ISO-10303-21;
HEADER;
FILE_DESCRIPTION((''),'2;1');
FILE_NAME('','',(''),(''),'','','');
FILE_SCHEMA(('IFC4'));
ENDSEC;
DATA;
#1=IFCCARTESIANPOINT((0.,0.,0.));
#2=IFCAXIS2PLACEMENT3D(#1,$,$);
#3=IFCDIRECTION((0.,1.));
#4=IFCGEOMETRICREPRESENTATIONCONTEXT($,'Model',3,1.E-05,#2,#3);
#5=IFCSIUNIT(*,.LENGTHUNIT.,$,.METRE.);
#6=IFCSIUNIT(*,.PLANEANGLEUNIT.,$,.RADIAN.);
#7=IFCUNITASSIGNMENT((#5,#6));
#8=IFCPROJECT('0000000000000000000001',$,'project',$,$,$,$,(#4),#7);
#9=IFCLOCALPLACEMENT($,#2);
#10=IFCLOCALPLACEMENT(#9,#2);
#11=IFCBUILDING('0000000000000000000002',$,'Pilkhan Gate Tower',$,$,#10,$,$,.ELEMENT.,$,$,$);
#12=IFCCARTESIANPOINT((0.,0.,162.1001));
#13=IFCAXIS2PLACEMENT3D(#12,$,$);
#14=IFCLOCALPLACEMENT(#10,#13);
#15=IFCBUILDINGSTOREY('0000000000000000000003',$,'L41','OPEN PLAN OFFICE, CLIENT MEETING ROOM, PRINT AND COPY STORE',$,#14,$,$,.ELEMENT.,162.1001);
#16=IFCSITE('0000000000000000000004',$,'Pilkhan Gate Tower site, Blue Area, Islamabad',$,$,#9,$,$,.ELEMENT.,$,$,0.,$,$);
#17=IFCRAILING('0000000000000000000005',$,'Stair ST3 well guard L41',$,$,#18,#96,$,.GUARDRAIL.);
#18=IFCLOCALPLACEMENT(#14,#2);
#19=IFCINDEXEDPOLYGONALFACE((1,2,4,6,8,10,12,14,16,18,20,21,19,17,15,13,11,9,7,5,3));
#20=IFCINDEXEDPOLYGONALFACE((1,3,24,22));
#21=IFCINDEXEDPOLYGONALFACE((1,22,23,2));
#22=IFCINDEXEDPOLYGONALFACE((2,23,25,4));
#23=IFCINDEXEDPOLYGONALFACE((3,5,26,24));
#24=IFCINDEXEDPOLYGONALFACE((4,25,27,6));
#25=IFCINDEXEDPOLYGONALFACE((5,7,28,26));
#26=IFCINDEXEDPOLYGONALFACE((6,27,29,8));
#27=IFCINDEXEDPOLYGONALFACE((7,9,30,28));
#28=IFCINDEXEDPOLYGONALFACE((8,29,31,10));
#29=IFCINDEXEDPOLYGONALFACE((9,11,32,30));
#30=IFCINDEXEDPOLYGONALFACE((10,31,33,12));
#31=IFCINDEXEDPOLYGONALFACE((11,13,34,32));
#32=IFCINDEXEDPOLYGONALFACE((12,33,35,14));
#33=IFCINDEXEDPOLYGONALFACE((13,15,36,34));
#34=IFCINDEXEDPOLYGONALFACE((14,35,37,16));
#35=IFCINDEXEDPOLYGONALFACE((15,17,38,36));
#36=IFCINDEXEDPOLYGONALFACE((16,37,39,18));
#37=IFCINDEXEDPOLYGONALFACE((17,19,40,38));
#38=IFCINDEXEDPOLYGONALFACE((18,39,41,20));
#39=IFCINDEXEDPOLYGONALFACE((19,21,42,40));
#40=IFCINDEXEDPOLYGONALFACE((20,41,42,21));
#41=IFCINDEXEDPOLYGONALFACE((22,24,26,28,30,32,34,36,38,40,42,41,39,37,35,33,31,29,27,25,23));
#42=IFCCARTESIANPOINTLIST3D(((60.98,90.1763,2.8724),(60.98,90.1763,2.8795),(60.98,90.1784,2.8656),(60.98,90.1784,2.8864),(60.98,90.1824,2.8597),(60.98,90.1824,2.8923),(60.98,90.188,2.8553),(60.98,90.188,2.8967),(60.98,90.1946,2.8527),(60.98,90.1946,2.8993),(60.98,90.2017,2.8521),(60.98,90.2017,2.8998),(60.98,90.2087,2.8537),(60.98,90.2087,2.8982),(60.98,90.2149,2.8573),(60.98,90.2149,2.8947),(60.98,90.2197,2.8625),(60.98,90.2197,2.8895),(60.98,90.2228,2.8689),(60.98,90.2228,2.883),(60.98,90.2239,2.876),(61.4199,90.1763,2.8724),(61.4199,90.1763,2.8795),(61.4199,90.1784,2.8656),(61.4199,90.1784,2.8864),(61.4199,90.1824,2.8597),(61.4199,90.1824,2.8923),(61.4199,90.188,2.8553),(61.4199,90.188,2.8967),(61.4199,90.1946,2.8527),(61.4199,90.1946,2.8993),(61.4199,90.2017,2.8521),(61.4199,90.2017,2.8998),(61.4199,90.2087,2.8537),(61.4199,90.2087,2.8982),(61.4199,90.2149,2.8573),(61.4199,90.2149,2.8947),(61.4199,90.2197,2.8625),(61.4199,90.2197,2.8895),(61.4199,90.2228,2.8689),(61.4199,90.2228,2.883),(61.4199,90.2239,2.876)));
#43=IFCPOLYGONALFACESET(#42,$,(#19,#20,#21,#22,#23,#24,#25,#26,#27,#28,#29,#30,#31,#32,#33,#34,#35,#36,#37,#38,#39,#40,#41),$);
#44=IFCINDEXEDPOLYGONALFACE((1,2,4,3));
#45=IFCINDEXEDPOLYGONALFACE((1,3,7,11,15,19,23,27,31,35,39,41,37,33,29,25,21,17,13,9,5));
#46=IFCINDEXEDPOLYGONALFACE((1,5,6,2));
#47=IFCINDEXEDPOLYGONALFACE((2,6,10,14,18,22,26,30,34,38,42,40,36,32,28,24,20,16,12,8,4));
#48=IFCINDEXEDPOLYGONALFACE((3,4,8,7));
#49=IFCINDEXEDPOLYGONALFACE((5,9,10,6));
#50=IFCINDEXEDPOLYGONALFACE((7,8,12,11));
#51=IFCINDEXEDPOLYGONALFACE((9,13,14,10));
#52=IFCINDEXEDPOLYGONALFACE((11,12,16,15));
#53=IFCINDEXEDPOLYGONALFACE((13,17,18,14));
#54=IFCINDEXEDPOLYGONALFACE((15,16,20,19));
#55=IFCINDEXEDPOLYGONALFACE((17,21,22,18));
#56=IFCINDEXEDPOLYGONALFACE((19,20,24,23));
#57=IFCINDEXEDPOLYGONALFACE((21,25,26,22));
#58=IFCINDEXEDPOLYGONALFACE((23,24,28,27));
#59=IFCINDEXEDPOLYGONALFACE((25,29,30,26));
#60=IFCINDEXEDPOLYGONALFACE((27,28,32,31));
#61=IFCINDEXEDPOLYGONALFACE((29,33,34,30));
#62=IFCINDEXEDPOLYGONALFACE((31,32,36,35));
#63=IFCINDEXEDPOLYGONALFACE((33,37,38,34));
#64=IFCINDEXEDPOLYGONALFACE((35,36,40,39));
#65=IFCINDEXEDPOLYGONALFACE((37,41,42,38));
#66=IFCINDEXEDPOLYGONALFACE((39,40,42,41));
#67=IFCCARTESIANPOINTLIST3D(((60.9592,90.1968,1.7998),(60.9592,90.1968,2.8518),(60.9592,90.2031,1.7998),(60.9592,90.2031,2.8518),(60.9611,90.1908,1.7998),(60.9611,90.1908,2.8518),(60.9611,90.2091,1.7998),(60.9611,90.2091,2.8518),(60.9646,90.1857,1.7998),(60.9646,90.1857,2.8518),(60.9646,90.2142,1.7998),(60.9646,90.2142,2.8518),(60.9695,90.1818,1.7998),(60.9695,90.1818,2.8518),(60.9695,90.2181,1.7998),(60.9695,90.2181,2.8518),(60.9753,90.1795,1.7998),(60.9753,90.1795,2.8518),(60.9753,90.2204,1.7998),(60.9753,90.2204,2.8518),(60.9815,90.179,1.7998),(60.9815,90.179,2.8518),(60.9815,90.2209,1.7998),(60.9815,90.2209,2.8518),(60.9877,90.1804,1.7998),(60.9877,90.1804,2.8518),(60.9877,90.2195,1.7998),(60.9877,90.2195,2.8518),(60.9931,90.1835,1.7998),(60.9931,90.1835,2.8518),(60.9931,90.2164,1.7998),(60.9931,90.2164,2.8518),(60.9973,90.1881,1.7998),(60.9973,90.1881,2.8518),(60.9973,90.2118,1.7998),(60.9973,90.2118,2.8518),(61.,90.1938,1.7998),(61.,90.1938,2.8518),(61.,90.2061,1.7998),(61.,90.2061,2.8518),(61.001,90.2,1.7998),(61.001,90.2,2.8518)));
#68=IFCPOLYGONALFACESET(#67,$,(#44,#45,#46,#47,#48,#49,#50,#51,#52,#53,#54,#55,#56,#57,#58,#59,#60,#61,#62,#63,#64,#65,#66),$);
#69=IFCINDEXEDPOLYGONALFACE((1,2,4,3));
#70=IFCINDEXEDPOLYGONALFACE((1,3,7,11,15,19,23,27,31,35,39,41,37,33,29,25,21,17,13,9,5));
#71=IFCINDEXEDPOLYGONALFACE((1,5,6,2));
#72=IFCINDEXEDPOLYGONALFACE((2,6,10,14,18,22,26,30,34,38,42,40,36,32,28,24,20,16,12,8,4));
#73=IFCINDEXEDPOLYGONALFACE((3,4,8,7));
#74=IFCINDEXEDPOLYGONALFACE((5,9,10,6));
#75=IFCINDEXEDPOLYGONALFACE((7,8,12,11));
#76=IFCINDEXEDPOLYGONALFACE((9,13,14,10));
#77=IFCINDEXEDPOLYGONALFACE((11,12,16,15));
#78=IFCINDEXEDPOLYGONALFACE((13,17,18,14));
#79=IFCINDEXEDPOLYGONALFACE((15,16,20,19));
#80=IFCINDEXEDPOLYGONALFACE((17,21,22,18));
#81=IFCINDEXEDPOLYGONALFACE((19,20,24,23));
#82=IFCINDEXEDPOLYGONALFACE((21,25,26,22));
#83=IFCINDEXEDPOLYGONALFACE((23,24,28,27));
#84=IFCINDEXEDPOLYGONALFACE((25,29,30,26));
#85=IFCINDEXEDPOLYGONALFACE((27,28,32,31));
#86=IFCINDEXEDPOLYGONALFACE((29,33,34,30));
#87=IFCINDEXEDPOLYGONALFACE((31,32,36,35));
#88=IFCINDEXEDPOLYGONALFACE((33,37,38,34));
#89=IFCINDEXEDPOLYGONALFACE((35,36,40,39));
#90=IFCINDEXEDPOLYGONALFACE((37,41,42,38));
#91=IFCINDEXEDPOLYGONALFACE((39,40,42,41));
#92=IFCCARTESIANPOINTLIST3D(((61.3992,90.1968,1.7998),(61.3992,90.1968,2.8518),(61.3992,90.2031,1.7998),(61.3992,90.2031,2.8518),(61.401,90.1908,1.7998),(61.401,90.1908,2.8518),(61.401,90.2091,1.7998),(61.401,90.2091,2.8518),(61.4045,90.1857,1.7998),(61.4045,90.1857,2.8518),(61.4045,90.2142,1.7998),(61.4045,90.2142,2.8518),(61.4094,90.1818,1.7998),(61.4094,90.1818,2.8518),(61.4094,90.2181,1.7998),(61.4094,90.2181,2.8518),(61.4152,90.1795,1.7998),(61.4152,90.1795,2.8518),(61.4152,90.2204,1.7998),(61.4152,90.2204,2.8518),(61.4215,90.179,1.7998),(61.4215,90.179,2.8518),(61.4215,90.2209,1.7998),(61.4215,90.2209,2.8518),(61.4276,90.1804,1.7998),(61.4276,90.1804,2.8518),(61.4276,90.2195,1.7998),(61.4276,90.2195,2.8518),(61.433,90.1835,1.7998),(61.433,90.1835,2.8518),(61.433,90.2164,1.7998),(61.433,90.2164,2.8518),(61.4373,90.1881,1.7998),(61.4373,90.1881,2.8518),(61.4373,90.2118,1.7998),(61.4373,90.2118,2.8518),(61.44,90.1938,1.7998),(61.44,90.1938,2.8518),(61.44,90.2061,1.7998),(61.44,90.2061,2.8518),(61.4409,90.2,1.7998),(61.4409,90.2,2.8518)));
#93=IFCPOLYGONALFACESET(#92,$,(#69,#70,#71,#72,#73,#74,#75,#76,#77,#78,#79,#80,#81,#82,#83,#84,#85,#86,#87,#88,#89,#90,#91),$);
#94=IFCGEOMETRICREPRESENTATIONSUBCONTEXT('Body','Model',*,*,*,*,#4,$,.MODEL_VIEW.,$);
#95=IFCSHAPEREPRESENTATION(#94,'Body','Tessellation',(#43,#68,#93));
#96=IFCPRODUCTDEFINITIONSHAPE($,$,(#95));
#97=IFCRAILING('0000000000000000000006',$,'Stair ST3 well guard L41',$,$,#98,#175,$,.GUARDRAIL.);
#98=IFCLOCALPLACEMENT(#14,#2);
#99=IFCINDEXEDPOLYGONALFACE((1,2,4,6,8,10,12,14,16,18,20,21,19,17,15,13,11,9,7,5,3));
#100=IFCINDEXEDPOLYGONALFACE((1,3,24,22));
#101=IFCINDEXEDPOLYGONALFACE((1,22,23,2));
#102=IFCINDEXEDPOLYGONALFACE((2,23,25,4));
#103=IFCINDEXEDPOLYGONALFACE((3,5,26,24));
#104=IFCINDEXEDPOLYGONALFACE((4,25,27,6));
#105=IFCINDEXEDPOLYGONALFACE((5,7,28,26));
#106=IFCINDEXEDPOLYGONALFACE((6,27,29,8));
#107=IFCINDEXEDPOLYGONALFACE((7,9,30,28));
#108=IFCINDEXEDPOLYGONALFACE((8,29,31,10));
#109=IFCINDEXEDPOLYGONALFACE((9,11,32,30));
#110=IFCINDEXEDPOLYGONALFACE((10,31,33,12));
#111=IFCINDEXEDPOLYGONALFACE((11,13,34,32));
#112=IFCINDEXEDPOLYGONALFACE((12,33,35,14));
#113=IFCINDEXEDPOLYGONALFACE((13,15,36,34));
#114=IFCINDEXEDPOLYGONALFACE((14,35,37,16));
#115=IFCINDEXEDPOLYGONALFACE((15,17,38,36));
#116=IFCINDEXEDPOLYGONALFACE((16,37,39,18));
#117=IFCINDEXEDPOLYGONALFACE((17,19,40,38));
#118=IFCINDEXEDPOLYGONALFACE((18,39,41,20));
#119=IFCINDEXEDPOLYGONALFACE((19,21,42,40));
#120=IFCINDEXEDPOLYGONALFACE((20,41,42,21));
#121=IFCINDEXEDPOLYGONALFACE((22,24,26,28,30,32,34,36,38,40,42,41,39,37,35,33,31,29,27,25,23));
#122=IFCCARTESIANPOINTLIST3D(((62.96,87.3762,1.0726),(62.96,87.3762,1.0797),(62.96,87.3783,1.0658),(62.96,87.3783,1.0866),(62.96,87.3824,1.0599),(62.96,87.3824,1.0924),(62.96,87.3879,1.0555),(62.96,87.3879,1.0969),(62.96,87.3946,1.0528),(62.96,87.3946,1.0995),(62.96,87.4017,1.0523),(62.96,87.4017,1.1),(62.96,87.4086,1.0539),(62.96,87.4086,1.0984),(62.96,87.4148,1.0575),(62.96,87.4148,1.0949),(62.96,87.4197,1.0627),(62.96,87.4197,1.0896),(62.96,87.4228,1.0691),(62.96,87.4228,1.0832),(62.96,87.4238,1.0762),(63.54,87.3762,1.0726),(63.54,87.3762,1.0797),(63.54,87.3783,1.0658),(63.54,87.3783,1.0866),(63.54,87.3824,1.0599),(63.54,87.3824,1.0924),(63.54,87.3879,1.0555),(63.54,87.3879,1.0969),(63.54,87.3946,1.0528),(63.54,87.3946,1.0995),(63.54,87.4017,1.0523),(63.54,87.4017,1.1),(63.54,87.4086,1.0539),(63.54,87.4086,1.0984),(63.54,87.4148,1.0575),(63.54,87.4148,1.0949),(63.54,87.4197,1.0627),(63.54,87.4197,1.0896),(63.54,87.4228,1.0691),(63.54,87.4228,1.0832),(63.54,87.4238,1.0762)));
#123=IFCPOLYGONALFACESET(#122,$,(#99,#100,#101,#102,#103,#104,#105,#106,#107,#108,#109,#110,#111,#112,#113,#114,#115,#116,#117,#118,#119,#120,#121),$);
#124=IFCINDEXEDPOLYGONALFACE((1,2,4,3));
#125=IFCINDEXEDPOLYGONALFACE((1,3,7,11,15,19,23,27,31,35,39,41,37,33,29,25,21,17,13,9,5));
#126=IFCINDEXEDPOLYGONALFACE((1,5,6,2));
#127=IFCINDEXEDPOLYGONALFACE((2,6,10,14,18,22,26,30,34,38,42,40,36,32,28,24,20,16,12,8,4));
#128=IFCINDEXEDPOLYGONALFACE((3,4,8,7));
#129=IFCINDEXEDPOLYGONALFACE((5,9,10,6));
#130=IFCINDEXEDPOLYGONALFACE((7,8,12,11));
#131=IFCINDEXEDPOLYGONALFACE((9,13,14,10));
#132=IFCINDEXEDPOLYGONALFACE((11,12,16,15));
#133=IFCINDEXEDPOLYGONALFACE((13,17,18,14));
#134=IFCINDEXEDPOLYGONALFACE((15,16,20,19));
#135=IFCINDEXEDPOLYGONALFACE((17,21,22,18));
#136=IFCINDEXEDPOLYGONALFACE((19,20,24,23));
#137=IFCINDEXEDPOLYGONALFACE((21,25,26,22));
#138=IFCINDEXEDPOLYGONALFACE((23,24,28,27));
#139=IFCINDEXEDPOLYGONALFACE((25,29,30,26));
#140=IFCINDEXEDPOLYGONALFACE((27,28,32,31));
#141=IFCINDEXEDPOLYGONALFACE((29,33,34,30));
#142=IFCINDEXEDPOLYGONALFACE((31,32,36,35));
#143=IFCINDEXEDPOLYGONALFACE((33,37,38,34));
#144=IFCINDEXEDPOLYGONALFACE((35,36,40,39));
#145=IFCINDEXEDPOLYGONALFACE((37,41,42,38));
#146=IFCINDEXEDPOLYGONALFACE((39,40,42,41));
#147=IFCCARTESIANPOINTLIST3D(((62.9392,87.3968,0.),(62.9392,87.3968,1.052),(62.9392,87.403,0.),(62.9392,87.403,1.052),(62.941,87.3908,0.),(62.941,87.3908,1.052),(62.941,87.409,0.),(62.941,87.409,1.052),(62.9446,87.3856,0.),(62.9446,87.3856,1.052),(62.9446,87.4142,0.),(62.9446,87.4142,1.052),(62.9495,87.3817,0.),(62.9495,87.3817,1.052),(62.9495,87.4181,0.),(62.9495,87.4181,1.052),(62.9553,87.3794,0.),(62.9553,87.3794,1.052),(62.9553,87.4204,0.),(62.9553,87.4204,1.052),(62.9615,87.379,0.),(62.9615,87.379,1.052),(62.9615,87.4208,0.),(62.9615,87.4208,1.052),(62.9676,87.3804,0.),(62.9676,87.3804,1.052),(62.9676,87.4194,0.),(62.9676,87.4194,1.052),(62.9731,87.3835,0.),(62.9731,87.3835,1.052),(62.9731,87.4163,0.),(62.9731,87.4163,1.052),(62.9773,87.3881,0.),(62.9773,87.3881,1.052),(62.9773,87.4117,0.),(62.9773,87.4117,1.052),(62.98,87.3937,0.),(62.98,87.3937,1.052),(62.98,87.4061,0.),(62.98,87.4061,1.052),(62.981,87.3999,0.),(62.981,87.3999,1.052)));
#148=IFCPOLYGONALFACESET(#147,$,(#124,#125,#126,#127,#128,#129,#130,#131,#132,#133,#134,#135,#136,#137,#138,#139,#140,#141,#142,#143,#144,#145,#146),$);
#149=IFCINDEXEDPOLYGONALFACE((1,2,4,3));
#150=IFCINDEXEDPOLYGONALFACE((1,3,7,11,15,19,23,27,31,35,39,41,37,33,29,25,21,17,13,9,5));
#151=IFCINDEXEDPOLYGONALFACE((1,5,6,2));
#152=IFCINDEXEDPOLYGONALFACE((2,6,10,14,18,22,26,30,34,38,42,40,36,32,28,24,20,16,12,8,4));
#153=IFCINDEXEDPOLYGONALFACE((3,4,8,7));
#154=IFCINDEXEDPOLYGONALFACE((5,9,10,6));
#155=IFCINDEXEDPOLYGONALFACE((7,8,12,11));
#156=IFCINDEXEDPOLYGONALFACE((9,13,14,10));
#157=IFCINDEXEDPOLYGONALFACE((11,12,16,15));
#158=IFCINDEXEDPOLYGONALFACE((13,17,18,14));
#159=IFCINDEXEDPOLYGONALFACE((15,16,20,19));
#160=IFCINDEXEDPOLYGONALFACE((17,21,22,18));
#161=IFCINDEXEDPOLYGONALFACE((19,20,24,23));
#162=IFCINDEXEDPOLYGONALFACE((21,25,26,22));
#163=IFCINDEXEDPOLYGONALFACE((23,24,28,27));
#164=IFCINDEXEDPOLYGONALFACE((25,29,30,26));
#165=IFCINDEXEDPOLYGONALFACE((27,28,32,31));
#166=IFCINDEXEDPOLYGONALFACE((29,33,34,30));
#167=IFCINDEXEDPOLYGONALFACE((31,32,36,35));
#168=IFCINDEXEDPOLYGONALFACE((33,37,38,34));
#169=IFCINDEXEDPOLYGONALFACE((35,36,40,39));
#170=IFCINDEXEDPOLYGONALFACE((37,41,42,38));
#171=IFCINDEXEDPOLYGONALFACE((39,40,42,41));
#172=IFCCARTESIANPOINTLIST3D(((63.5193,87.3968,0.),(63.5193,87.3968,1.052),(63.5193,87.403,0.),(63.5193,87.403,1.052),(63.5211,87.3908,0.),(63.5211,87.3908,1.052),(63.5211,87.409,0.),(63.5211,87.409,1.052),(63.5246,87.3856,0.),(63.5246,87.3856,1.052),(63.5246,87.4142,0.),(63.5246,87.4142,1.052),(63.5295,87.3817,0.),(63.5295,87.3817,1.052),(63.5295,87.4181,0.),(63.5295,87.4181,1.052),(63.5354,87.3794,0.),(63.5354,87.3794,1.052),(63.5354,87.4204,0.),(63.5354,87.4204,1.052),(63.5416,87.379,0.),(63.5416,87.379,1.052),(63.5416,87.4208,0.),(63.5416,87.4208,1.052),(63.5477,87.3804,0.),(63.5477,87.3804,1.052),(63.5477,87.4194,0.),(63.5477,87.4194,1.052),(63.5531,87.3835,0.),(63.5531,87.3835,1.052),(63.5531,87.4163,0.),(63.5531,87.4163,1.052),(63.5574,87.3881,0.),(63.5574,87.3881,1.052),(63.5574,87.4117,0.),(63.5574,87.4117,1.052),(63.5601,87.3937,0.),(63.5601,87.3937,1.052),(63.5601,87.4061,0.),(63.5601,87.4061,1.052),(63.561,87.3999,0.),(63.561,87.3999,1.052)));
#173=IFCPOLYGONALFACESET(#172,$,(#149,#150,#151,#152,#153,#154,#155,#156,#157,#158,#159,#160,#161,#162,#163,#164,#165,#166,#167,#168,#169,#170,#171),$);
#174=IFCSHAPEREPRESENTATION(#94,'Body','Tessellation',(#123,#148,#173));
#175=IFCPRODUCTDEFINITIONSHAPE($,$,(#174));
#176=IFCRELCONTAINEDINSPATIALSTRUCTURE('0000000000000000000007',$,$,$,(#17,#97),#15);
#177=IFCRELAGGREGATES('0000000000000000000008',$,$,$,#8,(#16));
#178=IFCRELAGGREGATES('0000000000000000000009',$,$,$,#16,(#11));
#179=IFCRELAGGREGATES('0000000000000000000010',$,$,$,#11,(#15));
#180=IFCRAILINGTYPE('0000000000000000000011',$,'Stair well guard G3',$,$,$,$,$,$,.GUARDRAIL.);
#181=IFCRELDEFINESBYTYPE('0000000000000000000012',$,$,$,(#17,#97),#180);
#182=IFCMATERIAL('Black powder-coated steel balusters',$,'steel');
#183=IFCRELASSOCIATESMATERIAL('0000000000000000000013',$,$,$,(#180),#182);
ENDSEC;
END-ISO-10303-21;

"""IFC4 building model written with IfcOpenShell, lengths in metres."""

from ifc_helpers import new_model, si_unit, direction, frame, origin, origin_2d, place, context, subcontext, project, spatial, circle, extrude, material, type_object, element, save


model = new_model("IFC4")

# Units and contexts
model_context = context("Model", 3, precision=1e-05, world=origin(), true_north=direction((0.0, 1.0)))
body_context = subcontext(model_context, "Body", "Model", "MODEL_VIEW")
ifc_project = project(units=[si_unit("LENGTHUNIT", "METRE"), si_unit("PLANEANGLEUNIT", "RADIAN")], contexts=[model_context])

# Site, building, storey
site_placement = place(None, origin())
site = spatial("IfcSite", under=ifc_project, at=site_placement, Name="Pilkhan Gate Tower site, Blue Area, Islamabad", CompositionType="ELEMENT", RefElevation=0.0)
building_placement = place(site_placement, origin())
building = spatial("IfcBuilding", under=site, at=building_placement, Name="Pilkhan Gate Tower", CompositionType="ELEMENT")
storey_placement = place(building_placement, frame((0.0, 0.0, 162.1001)))
storey = spatial("IfcBuildingStorey", under=building, at=storey_placement, Name="L41", Description="OPEN PLAN OFFICE, CLIENT MEETING ROOM, PRINT AND COPY STORE", CompositionType="ELEMENT", Elevation=162.1001)

# Railings
ifc_material_1 = material(Name="Black powder-coated steel balusters", Category="steel")
railing_type_1 = type_object("IfcRailingType", Name="Stair well guard G3", PredefinedType="GUARDRAIL", material=ifc_material_1)
railing_1_placement = place(storey_placement, frame((60.98, 90.2, 1.7998)))
element("IfcRailing", 1, at=railing_1_placement, inside=storey, type_object=railing_type_1, Name="Stair ST3 well guard L41", PredefinedType="GUARDRAIL", context=body_context, shape_type="SweptSolid", body=[
    extrude(circle(Radius=0.0239, at=origin_2d()), frame((0.0, 0.0, 1.0762), z_axis=(1.0, 0.0, 0.0), x_axis=(0.0, 1.0, 0.0)), (0.0, 0.0, 1.0), 0.4399),
    extrude(circle(Radius=0.021, at=origin_2d()), origin(), (0.0, 0.0, 1.0), 1.052),
    extrude(circle(Radius=0.021, at=origin_2d()), frame((0.4399, 0.0, 0.0)), (0.0, 0.0, 1.0), 1.052),
])
for number, where, name in (
    (2, (62.96, 87.3999, 0.0), "Stair ST3 well guard L41"),
):
    element("IfcRailing", number, at=place(storey_placement, frame(where)), inside=storey, type_object=railing_type_1, Name=name, PredefinedType="GUARDRAIL", context=body_context, shape_type="SweptSolid", body=[
        extrude(circle(Radius=0.0239, at=origin_2d()), frame((0.0, 0.0, 1.0762), z_axis=(1.0, 0.0, 0.0), x_axis=(0.0, 1.0, 0.0)), (0.0, 0.0, 1.0), 0.5801),
        extrude(circle(Radius=0.021, at=origin_2d()), origin(), (0.0, 0.0, 1.0), 1.052),
        extrude(circle(Radius=0.021, at=origin_2d()), frame((0.5801, 0.0, 0.0)), (0.0, 0.0, 1.0), 1.052),
    ])

save(model, "model.ifc")
